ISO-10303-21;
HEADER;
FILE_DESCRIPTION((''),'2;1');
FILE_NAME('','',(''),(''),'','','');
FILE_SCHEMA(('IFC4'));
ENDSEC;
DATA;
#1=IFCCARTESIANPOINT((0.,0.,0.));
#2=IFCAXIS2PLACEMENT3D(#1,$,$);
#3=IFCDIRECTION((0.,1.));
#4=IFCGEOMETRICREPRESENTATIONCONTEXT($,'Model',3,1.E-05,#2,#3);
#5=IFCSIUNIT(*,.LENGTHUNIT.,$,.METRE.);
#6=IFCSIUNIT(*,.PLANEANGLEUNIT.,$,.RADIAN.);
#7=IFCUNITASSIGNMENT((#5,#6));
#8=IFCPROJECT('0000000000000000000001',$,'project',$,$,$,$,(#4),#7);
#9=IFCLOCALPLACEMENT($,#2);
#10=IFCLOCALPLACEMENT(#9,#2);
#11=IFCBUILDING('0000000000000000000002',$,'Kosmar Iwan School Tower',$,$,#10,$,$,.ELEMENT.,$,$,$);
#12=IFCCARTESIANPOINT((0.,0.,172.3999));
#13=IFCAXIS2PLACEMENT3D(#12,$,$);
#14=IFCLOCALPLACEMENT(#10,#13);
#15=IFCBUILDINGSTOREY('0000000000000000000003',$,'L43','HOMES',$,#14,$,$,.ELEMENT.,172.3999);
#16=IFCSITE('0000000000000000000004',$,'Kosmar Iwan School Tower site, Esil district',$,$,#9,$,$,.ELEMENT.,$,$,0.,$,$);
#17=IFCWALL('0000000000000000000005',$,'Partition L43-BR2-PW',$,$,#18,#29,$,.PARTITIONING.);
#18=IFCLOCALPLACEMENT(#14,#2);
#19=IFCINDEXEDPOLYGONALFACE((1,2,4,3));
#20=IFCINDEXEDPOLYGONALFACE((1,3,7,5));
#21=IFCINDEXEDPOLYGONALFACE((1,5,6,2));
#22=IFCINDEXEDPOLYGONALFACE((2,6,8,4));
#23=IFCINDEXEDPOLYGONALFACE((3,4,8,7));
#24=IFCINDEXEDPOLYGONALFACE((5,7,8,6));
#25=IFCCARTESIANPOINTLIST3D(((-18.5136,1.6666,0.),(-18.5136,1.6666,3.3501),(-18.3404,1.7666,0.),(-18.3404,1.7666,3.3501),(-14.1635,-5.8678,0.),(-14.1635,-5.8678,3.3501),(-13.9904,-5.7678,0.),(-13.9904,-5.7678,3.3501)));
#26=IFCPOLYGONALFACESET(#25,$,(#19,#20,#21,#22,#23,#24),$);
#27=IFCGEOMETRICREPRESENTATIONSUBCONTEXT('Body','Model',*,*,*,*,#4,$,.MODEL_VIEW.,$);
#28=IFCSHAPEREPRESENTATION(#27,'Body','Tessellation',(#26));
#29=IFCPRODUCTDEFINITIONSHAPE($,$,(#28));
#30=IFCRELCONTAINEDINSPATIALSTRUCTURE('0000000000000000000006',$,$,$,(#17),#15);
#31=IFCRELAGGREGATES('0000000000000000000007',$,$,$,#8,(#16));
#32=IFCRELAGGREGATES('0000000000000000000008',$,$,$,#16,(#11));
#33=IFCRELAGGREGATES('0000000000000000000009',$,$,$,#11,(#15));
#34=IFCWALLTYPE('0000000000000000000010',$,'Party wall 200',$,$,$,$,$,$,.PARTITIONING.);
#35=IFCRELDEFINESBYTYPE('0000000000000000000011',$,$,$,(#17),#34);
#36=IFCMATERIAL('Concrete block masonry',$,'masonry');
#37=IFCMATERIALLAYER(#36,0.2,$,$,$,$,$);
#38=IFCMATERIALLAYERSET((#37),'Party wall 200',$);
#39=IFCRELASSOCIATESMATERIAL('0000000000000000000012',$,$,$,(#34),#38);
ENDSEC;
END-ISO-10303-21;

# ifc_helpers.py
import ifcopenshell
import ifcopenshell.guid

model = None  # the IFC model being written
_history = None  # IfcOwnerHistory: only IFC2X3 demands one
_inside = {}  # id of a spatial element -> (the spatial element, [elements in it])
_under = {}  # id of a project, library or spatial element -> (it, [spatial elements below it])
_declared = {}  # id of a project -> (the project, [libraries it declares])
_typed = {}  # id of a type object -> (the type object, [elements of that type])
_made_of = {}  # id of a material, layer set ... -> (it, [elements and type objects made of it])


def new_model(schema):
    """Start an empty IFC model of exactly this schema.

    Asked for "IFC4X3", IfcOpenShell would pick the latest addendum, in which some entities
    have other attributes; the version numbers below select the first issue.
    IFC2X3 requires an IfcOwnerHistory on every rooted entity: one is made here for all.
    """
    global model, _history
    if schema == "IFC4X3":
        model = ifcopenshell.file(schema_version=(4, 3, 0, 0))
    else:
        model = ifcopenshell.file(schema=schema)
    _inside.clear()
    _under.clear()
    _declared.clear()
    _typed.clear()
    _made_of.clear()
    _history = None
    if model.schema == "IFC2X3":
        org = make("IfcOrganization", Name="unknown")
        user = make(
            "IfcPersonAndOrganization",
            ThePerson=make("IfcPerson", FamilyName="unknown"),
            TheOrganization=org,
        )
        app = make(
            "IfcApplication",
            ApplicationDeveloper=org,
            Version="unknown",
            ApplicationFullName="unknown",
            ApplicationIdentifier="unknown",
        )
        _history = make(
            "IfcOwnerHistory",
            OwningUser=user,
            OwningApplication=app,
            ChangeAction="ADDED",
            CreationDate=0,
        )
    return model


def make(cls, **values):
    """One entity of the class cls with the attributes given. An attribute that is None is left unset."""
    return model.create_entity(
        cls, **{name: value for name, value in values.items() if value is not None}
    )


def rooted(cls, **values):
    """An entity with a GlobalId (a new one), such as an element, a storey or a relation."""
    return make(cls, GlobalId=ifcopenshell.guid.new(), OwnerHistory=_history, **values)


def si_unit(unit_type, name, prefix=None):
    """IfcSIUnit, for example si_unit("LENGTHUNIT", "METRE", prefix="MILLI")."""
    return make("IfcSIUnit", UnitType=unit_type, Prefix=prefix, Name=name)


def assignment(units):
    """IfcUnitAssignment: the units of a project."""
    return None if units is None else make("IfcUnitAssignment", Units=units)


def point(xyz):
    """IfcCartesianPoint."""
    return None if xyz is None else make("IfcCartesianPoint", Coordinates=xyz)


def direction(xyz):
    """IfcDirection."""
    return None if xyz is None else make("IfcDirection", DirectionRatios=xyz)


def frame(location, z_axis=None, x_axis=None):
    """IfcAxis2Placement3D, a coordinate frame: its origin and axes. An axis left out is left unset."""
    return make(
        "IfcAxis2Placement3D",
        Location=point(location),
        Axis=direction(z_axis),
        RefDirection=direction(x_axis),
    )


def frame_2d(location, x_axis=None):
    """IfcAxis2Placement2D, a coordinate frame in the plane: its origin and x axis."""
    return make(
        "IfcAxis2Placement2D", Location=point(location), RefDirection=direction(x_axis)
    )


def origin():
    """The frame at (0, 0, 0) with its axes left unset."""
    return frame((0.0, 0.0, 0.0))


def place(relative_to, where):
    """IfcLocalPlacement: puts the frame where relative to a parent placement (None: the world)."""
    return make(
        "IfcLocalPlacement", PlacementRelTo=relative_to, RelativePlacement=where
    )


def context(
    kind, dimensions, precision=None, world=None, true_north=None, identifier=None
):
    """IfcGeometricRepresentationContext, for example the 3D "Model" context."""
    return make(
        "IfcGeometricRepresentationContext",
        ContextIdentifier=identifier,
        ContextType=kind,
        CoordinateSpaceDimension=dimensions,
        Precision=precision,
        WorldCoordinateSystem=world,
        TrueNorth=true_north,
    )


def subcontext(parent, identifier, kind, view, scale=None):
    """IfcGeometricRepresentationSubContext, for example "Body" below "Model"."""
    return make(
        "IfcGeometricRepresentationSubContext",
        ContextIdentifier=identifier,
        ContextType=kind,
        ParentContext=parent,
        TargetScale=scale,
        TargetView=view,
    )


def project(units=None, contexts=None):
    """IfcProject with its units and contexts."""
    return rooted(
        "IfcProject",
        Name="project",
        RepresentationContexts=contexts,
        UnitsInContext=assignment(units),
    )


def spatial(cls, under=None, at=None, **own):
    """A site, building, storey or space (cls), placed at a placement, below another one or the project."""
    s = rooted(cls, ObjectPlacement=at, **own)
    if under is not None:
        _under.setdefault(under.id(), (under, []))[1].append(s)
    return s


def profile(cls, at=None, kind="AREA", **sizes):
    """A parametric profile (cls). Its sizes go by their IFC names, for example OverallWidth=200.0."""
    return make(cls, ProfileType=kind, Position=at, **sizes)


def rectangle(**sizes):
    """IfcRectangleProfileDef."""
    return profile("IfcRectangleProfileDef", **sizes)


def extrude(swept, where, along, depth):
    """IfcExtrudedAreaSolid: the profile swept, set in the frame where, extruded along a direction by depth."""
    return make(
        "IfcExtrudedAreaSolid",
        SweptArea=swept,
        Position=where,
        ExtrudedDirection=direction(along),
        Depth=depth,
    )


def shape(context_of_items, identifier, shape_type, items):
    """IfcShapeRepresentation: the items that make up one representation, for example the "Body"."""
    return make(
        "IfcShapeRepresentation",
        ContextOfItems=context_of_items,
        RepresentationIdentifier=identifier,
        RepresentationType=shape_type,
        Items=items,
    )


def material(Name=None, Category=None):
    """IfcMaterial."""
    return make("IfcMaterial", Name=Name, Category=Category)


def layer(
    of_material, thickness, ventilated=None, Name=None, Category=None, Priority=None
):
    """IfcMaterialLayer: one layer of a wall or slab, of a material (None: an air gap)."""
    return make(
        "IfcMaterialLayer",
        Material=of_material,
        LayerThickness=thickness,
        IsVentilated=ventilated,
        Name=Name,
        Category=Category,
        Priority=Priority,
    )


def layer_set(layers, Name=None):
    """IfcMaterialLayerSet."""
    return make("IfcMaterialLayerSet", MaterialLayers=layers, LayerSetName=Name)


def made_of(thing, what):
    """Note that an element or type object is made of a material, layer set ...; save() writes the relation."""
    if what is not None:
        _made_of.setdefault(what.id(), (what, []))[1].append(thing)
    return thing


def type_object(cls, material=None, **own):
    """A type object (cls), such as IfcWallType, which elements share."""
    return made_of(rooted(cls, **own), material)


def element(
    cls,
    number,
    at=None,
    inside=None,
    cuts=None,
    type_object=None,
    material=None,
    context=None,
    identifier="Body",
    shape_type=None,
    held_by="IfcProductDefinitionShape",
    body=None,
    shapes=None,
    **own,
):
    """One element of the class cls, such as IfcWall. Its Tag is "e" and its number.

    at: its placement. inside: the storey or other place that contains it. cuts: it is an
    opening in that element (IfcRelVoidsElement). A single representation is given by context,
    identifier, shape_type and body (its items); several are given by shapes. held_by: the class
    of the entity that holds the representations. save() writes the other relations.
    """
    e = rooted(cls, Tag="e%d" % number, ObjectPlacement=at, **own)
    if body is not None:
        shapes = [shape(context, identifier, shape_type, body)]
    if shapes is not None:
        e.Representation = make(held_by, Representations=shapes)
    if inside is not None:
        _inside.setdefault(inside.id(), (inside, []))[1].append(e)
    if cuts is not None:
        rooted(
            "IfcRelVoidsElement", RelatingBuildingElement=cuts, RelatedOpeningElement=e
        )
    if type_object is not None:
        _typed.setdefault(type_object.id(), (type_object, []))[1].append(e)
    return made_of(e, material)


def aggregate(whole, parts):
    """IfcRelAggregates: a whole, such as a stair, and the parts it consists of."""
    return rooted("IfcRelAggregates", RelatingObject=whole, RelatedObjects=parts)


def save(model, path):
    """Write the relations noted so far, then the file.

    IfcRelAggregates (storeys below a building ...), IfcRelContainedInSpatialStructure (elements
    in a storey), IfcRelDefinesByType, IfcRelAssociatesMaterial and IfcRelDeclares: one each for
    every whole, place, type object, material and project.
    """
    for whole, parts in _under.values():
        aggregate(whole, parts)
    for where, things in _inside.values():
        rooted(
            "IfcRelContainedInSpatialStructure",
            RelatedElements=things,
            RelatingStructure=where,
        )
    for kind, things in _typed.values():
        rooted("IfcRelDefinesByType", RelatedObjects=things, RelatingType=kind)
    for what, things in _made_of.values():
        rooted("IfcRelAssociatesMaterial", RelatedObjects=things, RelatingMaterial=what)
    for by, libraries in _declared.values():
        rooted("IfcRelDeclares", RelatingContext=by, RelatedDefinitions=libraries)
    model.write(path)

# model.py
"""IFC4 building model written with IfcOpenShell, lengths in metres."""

from ifc_helpers import new_model, si_unit, direction, frame, frame_2d, origin, place, context, subcontext, project, spatial, rectangle, extrude, material, layer, layer_set, type_object, element, save


model = new_model("IFC4")

# Units and contexts
model_context = context("Model", 3, precision=1e-05, world=origin(), true_north=direction((0.0, 1.0)))
body_context = subcontext(model_context, "Body", "Model", "MODEL_VIEW")
ifc_project = project(units=[si_unit("LENGTHUNIT", "METRE"), si_unit("PLANEANGLEUNIT", "RADIAN")], contexts=[model_context])

# Site, building, storey
site_placement = place(None, origin())
site = spatial("IfcSite", under=ifc_project, at=site_placement, Name="Kosmar Iwan School Tower site, Esil district", CompositionType="ELEMENT", RefElevation=0.0)
building_placement = place(site_placement, origin())
building = spatial("IfcBuilding", under=site, at=building_placement, Name="Kosmar Iwan School Tower", CompositionType="ELEMENT")
storey_placement = place(building_placement, frame((0.0, 0.0, 172.3999)))
storey = spatial("IfcBuildingStorey", under=building, at=storey_placement, Name="L43", Description="HOMES", CompositionType="ELEMENT", Elevation=172.3999)

# Wall
ifc_material_1 = material(Name="Concrete block masonry", Category="masonry")
ifc_layer_1 = layer(ifc_material_1, 0.2)
ifc_layer_set_1 = layer_set([ifc_layer_1], Name="Party wall 200")
wall_type_1 = type_object("IfcWallType", Name="Party wall 200", PredefinedType="PARTITIONING", material=ifc_layer_set_1)
wall_1_placement = place(storey_placement, frame((-14.0769, -5.8179, 0.0), z_axis=(0.0, 0.0, 1.0), x_axis=(-0.500008, 0.866021, 0.0)))
element("IfcWall", 1, at=wall_1_placement, inside=storey, type_object=wall_type_1, Name="Partition L43-BR2-PW", PredefinedType="PARTITIONING", context=body_context, shape_type="SweptSolid", body=[
    extrude(rectangle(XDim=8.7, YDim=0.2, at=frame_2d((4.3501, 0.0))), origin(), (0.0, 0.0, 1.0), 3.3501),
])

save(model, "model.ifc")
